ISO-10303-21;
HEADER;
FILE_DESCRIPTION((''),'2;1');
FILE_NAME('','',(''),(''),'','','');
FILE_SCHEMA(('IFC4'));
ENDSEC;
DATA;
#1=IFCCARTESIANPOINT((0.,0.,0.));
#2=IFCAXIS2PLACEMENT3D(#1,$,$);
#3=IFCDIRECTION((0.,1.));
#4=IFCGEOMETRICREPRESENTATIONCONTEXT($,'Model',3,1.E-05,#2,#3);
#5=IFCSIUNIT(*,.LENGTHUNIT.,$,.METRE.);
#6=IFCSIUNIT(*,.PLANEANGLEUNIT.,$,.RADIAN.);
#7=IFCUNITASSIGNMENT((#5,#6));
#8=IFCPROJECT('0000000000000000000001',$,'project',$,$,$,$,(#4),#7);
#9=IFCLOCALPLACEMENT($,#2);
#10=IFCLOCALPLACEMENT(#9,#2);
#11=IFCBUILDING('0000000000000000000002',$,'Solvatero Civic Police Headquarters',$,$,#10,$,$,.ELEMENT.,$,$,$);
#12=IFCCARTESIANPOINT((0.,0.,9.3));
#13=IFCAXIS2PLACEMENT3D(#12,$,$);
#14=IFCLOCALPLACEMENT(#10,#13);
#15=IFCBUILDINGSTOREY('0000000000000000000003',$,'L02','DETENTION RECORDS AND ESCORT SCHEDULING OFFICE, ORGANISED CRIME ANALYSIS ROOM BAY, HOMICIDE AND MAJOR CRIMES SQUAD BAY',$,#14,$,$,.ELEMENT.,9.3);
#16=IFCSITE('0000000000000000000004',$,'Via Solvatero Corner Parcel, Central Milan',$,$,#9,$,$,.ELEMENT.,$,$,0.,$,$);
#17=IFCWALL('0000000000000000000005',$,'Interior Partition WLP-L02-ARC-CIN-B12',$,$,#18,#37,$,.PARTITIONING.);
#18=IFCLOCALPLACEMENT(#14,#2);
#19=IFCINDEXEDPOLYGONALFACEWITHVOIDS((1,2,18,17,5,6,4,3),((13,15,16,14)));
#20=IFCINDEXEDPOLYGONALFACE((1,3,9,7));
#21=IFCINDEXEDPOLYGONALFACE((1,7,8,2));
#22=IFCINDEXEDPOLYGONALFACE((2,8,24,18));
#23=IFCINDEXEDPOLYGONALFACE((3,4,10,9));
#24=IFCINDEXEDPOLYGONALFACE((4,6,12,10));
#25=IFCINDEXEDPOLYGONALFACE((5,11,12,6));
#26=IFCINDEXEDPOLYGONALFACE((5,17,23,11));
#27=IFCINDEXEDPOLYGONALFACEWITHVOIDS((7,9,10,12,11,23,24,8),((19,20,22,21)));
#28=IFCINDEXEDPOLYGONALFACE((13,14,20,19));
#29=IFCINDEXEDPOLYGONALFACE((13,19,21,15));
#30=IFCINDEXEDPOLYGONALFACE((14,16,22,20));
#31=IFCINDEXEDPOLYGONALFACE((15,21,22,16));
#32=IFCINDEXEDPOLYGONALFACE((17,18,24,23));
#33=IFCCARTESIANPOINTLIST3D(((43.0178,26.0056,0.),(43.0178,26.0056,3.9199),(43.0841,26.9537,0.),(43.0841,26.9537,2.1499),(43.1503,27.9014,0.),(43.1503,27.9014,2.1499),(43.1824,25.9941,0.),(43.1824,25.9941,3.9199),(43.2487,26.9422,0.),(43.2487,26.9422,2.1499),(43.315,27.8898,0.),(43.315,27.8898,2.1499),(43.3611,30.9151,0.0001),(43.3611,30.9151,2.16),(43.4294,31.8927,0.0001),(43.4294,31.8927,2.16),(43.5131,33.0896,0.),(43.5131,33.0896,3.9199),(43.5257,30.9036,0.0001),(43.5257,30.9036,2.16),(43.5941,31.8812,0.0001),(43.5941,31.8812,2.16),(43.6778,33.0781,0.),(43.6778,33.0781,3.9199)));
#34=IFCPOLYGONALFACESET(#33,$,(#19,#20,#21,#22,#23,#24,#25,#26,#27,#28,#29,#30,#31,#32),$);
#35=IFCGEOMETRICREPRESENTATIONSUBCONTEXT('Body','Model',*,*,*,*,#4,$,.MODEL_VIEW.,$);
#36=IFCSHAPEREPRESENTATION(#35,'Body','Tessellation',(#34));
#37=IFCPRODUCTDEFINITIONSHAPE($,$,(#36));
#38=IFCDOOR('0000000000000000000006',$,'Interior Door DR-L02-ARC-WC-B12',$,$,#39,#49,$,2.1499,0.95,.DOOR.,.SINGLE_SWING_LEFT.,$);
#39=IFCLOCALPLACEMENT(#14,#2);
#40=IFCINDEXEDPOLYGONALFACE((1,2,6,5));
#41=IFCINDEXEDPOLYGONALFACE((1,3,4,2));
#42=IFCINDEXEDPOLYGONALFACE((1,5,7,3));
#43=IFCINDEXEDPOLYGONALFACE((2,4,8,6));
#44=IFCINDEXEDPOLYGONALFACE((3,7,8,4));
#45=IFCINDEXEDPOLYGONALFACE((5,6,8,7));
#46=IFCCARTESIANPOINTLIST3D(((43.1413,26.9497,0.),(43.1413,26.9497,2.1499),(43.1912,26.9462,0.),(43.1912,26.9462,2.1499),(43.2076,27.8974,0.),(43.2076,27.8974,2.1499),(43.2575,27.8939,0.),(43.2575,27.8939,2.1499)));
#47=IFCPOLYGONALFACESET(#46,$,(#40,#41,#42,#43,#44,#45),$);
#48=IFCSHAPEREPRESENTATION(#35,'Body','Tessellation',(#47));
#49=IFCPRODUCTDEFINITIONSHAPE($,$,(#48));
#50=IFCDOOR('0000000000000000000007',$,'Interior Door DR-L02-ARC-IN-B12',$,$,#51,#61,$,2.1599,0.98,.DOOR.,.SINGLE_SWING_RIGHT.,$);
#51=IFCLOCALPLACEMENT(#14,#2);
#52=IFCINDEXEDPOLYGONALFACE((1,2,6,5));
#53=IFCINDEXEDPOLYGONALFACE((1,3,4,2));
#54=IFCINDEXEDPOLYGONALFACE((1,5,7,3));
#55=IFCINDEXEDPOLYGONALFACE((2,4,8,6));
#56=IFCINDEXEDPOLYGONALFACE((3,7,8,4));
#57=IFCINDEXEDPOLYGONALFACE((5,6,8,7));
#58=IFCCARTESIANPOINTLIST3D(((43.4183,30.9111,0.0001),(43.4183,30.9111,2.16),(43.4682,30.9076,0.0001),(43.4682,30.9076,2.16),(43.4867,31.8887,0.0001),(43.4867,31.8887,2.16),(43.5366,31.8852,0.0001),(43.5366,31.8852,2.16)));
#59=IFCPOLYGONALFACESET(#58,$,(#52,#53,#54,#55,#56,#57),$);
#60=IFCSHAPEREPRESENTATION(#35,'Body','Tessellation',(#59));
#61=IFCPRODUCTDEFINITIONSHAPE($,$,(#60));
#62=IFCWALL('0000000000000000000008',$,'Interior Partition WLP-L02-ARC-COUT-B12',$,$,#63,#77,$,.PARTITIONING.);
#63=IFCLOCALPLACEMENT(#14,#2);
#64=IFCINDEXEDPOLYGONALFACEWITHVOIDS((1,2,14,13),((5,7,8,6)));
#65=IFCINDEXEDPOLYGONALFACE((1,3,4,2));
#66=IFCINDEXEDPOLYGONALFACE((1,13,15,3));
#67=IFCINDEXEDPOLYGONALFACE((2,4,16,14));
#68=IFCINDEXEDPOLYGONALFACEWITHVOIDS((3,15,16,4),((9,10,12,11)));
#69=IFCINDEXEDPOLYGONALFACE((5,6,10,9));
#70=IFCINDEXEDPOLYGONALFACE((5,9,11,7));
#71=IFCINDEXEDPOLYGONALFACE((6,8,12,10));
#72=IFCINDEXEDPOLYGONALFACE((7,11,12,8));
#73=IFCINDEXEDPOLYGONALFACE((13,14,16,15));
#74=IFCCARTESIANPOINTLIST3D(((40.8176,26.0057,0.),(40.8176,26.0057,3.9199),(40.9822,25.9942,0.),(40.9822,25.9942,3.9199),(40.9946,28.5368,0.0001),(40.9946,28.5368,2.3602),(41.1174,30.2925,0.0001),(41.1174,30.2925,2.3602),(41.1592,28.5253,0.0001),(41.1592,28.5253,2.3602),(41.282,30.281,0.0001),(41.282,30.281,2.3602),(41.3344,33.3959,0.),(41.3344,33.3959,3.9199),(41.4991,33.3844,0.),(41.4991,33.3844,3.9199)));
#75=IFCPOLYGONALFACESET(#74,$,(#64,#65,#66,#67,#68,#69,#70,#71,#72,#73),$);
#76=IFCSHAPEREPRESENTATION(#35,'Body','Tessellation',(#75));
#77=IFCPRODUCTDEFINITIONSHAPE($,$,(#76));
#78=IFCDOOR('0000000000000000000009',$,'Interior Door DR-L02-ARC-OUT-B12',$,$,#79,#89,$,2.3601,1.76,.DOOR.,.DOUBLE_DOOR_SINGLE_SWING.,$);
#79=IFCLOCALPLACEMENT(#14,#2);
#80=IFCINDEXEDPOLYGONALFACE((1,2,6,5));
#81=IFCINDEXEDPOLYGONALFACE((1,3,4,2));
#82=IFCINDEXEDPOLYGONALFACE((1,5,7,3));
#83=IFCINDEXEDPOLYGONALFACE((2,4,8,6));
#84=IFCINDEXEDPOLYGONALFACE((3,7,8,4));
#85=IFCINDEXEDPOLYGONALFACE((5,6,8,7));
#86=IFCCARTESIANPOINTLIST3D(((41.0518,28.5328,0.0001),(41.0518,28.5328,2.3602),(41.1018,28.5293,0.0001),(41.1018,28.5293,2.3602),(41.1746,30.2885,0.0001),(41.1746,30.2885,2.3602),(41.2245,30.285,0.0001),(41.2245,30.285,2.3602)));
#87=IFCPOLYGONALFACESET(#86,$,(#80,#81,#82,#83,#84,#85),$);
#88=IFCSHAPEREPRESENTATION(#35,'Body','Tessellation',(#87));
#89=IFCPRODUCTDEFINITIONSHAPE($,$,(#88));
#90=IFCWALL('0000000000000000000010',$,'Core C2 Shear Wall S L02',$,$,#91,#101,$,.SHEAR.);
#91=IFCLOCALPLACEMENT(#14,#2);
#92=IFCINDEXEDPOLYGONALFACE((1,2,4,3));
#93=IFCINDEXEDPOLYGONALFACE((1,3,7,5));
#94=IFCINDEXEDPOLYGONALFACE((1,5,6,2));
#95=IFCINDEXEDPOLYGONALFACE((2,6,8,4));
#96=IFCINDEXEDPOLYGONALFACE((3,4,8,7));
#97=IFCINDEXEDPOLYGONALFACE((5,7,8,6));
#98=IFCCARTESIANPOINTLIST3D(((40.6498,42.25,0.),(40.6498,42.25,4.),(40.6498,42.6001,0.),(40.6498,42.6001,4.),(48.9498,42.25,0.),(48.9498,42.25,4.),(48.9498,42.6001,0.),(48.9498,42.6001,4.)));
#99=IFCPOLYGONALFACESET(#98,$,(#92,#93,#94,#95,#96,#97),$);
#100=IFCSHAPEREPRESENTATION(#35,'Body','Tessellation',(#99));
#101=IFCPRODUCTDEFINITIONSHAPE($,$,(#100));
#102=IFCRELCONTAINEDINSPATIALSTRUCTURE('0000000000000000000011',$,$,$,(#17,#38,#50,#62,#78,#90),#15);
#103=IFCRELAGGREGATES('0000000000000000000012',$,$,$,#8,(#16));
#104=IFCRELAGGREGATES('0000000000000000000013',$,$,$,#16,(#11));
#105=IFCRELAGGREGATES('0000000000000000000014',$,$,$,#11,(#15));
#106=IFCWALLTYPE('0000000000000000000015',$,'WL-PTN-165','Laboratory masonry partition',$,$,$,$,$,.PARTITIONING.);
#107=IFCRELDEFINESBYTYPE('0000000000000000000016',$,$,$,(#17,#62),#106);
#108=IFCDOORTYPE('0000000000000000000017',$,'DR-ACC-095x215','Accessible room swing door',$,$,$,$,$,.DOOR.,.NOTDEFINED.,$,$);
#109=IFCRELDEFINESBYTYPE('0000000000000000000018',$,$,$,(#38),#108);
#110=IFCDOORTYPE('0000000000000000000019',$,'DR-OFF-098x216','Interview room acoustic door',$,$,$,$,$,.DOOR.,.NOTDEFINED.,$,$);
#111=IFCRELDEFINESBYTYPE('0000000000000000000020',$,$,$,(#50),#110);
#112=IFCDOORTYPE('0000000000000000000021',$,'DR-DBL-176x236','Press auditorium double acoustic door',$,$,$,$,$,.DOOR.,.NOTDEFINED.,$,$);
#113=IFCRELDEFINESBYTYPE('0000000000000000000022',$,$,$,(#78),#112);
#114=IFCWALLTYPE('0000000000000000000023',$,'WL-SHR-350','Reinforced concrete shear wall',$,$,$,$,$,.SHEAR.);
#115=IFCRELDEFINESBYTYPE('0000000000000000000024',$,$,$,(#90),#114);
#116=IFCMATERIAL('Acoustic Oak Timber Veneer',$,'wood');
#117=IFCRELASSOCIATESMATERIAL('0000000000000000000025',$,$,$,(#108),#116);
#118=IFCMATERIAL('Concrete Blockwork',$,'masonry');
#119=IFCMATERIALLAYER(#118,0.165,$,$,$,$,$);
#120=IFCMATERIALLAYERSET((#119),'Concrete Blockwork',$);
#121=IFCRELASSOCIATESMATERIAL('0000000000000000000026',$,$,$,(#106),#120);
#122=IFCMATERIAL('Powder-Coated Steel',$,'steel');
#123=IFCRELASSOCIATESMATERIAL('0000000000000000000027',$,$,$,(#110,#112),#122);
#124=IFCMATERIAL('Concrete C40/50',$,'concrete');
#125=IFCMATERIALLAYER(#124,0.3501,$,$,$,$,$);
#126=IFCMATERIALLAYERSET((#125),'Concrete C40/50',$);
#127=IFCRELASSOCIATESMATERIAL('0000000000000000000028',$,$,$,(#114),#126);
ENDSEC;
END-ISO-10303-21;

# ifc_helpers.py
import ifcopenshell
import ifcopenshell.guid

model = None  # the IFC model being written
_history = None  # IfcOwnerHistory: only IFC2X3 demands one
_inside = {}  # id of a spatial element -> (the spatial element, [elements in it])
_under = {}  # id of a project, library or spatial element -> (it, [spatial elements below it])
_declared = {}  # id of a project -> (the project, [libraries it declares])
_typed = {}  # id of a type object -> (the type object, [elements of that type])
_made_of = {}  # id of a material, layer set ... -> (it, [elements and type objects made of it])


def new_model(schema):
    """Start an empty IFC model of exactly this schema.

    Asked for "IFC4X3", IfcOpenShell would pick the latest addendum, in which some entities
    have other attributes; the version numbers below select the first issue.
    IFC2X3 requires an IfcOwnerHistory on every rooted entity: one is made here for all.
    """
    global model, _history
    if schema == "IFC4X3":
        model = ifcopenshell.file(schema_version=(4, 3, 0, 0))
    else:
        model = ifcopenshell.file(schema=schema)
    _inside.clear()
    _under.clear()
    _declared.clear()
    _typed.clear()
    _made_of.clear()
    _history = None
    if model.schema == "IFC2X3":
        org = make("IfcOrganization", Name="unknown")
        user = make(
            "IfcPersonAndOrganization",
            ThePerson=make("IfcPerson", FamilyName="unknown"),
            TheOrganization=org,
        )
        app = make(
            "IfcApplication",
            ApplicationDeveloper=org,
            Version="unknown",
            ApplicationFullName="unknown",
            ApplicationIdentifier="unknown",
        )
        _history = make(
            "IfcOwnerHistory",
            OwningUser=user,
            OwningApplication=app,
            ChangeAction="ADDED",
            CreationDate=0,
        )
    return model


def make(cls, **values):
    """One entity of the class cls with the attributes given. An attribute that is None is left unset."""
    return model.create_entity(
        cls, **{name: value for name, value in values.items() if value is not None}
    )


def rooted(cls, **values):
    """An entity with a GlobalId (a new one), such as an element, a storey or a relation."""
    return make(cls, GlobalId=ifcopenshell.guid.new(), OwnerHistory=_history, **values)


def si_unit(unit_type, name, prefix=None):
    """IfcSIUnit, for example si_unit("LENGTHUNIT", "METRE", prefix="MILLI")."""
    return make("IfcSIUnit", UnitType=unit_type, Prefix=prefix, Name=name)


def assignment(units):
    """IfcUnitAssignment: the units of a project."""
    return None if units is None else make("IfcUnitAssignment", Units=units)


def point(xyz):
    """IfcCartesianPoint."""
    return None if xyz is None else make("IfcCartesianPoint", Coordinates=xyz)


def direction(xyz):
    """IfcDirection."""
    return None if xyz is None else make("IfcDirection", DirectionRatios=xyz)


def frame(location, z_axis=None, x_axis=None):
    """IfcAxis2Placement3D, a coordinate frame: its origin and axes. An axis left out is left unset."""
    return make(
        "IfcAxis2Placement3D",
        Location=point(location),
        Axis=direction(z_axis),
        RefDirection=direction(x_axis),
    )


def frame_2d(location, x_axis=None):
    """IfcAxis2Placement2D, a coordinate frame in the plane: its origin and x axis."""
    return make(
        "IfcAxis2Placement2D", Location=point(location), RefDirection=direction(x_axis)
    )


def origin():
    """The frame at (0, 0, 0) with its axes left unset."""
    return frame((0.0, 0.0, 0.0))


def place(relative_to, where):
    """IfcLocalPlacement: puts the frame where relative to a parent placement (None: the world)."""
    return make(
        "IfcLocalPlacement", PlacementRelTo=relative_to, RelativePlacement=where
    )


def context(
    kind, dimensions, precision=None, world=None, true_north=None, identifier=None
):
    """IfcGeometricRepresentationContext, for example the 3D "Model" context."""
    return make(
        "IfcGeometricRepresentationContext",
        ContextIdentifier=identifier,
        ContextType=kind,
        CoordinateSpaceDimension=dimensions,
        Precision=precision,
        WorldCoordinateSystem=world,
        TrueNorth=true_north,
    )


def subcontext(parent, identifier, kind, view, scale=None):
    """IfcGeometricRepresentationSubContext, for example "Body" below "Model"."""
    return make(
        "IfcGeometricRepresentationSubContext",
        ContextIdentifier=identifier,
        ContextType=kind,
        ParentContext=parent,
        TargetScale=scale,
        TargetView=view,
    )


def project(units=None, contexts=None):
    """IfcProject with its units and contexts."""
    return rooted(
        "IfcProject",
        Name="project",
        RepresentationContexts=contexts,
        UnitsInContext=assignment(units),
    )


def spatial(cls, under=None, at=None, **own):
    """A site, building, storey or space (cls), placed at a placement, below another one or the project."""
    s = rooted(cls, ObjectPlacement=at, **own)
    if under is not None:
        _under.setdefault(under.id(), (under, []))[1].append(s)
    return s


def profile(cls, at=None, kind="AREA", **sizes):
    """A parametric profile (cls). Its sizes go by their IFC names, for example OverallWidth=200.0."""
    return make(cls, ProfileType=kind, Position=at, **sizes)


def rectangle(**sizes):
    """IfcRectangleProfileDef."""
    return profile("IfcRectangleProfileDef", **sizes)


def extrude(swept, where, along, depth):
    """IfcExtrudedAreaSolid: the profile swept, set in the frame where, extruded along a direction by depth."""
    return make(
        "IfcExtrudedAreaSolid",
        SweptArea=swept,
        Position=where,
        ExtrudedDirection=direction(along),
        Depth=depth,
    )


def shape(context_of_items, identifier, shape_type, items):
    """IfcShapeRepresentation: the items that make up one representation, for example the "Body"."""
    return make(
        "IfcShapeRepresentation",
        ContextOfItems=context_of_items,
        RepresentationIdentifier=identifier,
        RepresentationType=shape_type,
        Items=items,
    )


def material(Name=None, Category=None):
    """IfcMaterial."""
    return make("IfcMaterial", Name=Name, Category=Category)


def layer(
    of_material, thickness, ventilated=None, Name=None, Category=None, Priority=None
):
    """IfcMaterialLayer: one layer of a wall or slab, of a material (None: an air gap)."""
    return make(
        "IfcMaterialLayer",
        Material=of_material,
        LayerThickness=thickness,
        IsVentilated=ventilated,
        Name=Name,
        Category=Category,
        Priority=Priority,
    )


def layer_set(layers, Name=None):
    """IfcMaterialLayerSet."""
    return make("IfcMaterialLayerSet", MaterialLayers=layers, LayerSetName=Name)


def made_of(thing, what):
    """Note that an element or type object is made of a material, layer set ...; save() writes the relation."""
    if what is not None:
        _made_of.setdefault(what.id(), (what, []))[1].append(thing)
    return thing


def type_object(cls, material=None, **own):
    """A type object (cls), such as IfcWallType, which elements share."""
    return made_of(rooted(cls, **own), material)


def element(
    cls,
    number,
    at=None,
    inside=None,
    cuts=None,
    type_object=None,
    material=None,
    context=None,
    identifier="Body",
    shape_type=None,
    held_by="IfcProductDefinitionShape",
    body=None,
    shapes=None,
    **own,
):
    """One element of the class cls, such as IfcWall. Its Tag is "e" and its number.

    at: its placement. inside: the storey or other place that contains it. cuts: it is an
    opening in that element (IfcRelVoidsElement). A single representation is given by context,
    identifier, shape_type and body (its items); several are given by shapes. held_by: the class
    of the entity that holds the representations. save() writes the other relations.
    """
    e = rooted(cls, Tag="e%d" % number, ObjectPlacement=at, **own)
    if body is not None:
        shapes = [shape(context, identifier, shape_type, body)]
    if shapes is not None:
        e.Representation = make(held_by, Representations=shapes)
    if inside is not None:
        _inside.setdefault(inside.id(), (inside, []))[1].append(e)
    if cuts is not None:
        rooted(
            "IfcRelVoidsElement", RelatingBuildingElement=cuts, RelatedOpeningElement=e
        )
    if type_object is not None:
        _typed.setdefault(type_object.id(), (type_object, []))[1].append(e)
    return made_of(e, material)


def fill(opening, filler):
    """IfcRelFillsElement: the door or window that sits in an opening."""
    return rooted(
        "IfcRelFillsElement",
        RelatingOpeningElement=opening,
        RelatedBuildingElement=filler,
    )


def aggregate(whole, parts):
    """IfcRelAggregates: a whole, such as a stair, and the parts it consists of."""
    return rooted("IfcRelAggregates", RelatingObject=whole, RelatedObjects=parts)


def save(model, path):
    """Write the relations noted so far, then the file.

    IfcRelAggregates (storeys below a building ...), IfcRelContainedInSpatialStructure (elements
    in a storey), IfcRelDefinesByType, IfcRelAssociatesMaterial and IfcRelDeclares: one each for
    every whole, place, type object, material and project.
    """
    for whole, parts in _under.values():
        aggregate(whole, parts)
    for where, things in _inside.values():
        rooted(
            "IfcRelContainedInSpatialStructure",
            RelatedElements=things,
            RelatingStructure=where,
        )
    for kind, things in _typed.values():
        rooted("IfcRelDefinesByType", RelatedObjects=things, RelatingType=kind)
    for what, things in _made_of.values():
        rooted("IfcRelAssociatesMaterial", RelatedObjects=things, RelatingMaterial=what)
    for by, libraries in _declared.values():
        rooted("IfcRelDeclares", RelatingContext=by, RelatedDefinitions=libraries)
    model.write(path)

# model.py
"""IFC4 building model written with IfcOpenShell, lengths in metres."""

from ifc_helpers import new_model, si_unit, direction, frame, frame_2d, origin, place, context, subcontext, project, spatial, rectangle, extrude, material, layer, layer_set, type_object, element, fill, save


model = new_model("IFC4")

# Units and contexts
model_context = context("Model", 3, precision=1e-05, world=origin(), true_north=direction((0.0, 1.0)))
body_context = subcontext(model_context, "Body", "Model", "MODEL_VIEW")
ifc_project = project(units=[si_unit("LENGTHUNIT", "METRE"), si_unit("PLANEANGLEUNIT", "RADIAN")], contexts=[model_context])

# Site, building, storey
site_placement = place(None, origin())
site = spatial("IfcSite", under=ifc_project, at=site_placement, Name="Via Solvatero Corner Parcel, Central Milan", CompositionType="ELEMENT", RefElevation=0.0)
building_placement = place(site_placement, origin())
building = spatial("IfcBuilding", under=site, at=building_placement, Name="Solvatero Civic Police Headquarters", CompositionType="ELEMENT")
storey_placement = place(building_placement, frame((0.0, 0.0, 9.3)))
storey = spatial("IfcBuildingStorey", under=building, at=storey_placement, Name="L02", Description="DETENTION RECORDS AND ESCORT SCHEDULING OFFICE, ORGANISED CRIME ANALYSIS ROOM BAY, HOMICIDE AND MAJOR CRIMES SQUAD BAY", CompositionType="ELEMENT", Elevation=9.3)

# Shared definitions
ifc_material_1 = material(Name="Acoustic Oak Timber Veneer", Category="wood")
door_type_1 = type_object("IfcDoorType", Name="DR-ACC-095x215", Description="Accessible room swing door", OperationType="NOTDEFINED", PredefinedType="DOOR", material=ifc_material_1)

# Wall, openings, doors
ifc_material_2 = material(Name="Concrete Blockwork", Category="masonry")
ifc_layer_1 = layer(ifc_material_2, 0.165)
ifc_layer_set_1 = layer_set([ifc_layer_1], Name="Concrete Blockwork")
wall_type_1 = type_object("IfcWallType", Name="WL-PTN-165", Description="Laboratory masonry partition", PredefinedType="PARTITIONING", material=ifc_layer_set_1)
wall_1_placement = place(storey_placement, frame((43.5955, 33.084, 0.0), z_axis=(0.0, 0.0, 1.0), x_axis=(-0.069757, -0.997564, 0.0)))
wall_1 = element("IfcWall", 1, at=wall_1_placement, inside=storey, type_object=wall_type_1, Name="Interior Partition WLP-L02-ARC-CIN-B12", PredefinedType="PARTITIONING", context=body_context, shape_type="SweptSolid", body=[
    extrude(rectangle(XDim=7.1013, YDim=0.165, at=frame_2d((3.5508, 0.0))), origin(), (0.0, 0.0, 1.0), 3.9199),
])
opening_1_placement = place(wall_1_placement, frame((5.2009, 0.0, 0.0)))
opening_1 = element("IfcOpeningElement", 2, at=opening_1_placement, cuts=wall_1, PredefinedType="OPENING", context=body_context, shape_type="SweptSolid", body=[
    extrude(rectangle(XDim=0.95, YDim=2.1499, at=frame_2d((0.4751, 1.075))), frame((0.0, 0.0925, 0.0), z_axis=(0.0, -1.0, 0.0), x_axis=(1.0, 0.0, 0.0)), (0.0, 0.0, 1.0), 0.1851),
])
opening_2_placement = place(wall_1_placement, frame((1.2, 0.0, 0.0)))
opening_2 = element("IfcOpeningElement", 3, at=opening_2_placement, cuts=wall_1, PredefinedType="OPENING", context=body_context, shape_type="SweptSolid", body=[
    extrude(rectangle(XDim=0.98, YDim=2.1599, at=frame_2d((0.49, 1.0801))), frame((0.0, 0.0925, 0.0), z_axis=(0.0, -1.0, 0.0), x_axis=(1.0, 0.0, 0.0)), (0.0, 0.0, 1.0), 0.1851),
])
door_1_placement = place(opening_1_placement, origin())
door_1 = element("IfcDoor", 4, at=door_1_placement, inside=storey, type_object=door_type_1, Name="Interior Door DR-L02-ARC-WC-B12", OperationType="SINGLE_SWING_LEFT", OverallHeight=2.1499, OverallWidth=0.95, PredefinedType="DOOR", context=body_context, shape_type="SweptSolid", body=[
    extrude(rectangle(XDim=0.95, YDim=2.1499, at=frame_2d((0.4751, 1.075))), frame((0.0, 0.0249, 0.0), z_axis=(0.0, -1.0, 0.0), x_axis=(1.0, 0.0, 0.0)), (0.0, 0.0, 1.0), 0.05),
])
fill(opening_1, door_1)
ifc_material_3 = material(Name="Powder-Coated Steel", Category="steel")
door_type_2 = type_object("IfcDoorType", Name="DR-OFF-098x216", Description="Interview room acoustic door", OperationType="NOTDEFINED", PredefinedType="DOOR", material=ifc_material_3)
door_2_placement = place(opening_2_placement, origin())
door_2 = element("IfcDoor", 5, at=door_2_placement, inside=storey, type_object=door_type_2, Name="Interior Door DR-L02-ARC-IN-B12", OperationType="SINGLE_SWING_RIGHT", OverallHeight=2.1599, OverallWidth=0.98, PredefinedType="DOOR", context=body_context, shape_type="SweptSolid", body=[
    extrude(rectangle(XDim=0.98, YDim=2.1599, at=frame_2d((0.49, 1.0801))), frame((0.0, 0.0249, 0.0), z_axis=(0.0, -1.0, 0.0), x_axis=(1.0, 0.0, 0.0)), (0.0, 0.0, 1.0), 0.05),
])
fill(opening_2, door_2)

# Wall, opening, door
wall_2_placement = place(storey_placement, frame((41.4167, 33.3901, 0.0), z_axis=(0.0, 0.0, 1.0), x_axis=(-0.069767, -0.997563, 0.0)))
wall_2 = element("IfcWall", 6, at=wall_2_placement, inside=storey, type_object=wall_type_1, Name="Interior Partition WLP-L02-ARC-COUT-B12", PredefinedType="PARTITIONING", context=body_context, shape_type="SweptSolid", body=[
    extrude(rectangle(XDim=7.4082, YDim=0.165, at=frame_2d((3.7041, 0.0))), origin(), (0.0, 0.0, 1.0), 3.9199),
])
opening_3_placement = place(wall_2_placement, frame((3.1111, 0.0, 0.0)))
opening_3 = element("IfcOpeningElement", 7, at=opening_3_placement, cuts=wall_2, PredefinedType="OPENING", context=body_context, shape_type="SweptSolid", body=[
    extrude(rectangle(XDim=1.76, YDim=2.3601, at=frame_2d((0.8799, 1.1802))), frame((0.0, 0.0925, 0.0), z_axis=(0.0, -1.0, 0.0), x_axis=(1.0, 0.0, 0.0)), (0.0, 0.0, 1.0), 0.1851),
])
door_type_3 = type_object("IfcDoorType", Name="DR-DBL-176x236", Description="Press auditorium double acoustic door", OperationType="NOTDEFINED", PredefinedType="DOOR", material=ifc_material_3)
door_3_placement = place(opening_3_placement, origin())
door_3 = element("IfcDoor", 8, at=door_3_placement, inside=storey, type_object=door_type_3, Name="Interior Door DR-L02-ARC-OUT-B12", OperationType="DOUBLE_DOOR_SINGLE_SWING", OverallHeight=2.3601, OverallWidth=1.76, PredefinedType="DOOR", context=body_context, shape_type="SweptSolid", body=[
    extrude(rectangle(XDim=1.76, YDim=2.3601, at=frame_2d((0.8799, 1.1802))), frame((0.0, 0.0249, 0.0), z_axis=(0.0, -1.0, 0.0), x_axis=(1.0, 0.0, 0.0)), (0.0, 0.0, 1.0), 0.05),
])
fill(opening_3, door_3)

# Wall
ifc_material_4 = material(Name="Concrete C40/50", Category="concrete")
ifc_layer_2 = layer(ifc_material_4, 0.3501)
ifc_layer_set_2 = layer_set([ifc_layer_2], Name="Concrete C40/50")
wall_type_2 = type_object("IfcWallType", Name="WL-SHR-350", Description="Reinforced concrete shear wall", PredefinedType="SHEAR", material=ifc_layer_set_2)
wall_3_placement = place(storey_placement, frame((40.6499, 42.425, 0.0), z_axis=(0.0, 0.0, 1.0), x_axis=(1.0, 0.0, 0.0)))
element("IfcWall", 9, at=wall_3_placement, inside=storey, type_object=wall_type_2, Name="Core C2 Shear Wall S L02", PredefinedType="SHEAR", context=body_context, shape_type="SweptSolid", body=[
    extrude(rectangle(XDim=8.3, YDim=0.3501, at=frame_2d((4.1499, 0.0))), origin(), (0.0, 0.0, 1.0), 4.0),
])

save(model, "model.ifc")
